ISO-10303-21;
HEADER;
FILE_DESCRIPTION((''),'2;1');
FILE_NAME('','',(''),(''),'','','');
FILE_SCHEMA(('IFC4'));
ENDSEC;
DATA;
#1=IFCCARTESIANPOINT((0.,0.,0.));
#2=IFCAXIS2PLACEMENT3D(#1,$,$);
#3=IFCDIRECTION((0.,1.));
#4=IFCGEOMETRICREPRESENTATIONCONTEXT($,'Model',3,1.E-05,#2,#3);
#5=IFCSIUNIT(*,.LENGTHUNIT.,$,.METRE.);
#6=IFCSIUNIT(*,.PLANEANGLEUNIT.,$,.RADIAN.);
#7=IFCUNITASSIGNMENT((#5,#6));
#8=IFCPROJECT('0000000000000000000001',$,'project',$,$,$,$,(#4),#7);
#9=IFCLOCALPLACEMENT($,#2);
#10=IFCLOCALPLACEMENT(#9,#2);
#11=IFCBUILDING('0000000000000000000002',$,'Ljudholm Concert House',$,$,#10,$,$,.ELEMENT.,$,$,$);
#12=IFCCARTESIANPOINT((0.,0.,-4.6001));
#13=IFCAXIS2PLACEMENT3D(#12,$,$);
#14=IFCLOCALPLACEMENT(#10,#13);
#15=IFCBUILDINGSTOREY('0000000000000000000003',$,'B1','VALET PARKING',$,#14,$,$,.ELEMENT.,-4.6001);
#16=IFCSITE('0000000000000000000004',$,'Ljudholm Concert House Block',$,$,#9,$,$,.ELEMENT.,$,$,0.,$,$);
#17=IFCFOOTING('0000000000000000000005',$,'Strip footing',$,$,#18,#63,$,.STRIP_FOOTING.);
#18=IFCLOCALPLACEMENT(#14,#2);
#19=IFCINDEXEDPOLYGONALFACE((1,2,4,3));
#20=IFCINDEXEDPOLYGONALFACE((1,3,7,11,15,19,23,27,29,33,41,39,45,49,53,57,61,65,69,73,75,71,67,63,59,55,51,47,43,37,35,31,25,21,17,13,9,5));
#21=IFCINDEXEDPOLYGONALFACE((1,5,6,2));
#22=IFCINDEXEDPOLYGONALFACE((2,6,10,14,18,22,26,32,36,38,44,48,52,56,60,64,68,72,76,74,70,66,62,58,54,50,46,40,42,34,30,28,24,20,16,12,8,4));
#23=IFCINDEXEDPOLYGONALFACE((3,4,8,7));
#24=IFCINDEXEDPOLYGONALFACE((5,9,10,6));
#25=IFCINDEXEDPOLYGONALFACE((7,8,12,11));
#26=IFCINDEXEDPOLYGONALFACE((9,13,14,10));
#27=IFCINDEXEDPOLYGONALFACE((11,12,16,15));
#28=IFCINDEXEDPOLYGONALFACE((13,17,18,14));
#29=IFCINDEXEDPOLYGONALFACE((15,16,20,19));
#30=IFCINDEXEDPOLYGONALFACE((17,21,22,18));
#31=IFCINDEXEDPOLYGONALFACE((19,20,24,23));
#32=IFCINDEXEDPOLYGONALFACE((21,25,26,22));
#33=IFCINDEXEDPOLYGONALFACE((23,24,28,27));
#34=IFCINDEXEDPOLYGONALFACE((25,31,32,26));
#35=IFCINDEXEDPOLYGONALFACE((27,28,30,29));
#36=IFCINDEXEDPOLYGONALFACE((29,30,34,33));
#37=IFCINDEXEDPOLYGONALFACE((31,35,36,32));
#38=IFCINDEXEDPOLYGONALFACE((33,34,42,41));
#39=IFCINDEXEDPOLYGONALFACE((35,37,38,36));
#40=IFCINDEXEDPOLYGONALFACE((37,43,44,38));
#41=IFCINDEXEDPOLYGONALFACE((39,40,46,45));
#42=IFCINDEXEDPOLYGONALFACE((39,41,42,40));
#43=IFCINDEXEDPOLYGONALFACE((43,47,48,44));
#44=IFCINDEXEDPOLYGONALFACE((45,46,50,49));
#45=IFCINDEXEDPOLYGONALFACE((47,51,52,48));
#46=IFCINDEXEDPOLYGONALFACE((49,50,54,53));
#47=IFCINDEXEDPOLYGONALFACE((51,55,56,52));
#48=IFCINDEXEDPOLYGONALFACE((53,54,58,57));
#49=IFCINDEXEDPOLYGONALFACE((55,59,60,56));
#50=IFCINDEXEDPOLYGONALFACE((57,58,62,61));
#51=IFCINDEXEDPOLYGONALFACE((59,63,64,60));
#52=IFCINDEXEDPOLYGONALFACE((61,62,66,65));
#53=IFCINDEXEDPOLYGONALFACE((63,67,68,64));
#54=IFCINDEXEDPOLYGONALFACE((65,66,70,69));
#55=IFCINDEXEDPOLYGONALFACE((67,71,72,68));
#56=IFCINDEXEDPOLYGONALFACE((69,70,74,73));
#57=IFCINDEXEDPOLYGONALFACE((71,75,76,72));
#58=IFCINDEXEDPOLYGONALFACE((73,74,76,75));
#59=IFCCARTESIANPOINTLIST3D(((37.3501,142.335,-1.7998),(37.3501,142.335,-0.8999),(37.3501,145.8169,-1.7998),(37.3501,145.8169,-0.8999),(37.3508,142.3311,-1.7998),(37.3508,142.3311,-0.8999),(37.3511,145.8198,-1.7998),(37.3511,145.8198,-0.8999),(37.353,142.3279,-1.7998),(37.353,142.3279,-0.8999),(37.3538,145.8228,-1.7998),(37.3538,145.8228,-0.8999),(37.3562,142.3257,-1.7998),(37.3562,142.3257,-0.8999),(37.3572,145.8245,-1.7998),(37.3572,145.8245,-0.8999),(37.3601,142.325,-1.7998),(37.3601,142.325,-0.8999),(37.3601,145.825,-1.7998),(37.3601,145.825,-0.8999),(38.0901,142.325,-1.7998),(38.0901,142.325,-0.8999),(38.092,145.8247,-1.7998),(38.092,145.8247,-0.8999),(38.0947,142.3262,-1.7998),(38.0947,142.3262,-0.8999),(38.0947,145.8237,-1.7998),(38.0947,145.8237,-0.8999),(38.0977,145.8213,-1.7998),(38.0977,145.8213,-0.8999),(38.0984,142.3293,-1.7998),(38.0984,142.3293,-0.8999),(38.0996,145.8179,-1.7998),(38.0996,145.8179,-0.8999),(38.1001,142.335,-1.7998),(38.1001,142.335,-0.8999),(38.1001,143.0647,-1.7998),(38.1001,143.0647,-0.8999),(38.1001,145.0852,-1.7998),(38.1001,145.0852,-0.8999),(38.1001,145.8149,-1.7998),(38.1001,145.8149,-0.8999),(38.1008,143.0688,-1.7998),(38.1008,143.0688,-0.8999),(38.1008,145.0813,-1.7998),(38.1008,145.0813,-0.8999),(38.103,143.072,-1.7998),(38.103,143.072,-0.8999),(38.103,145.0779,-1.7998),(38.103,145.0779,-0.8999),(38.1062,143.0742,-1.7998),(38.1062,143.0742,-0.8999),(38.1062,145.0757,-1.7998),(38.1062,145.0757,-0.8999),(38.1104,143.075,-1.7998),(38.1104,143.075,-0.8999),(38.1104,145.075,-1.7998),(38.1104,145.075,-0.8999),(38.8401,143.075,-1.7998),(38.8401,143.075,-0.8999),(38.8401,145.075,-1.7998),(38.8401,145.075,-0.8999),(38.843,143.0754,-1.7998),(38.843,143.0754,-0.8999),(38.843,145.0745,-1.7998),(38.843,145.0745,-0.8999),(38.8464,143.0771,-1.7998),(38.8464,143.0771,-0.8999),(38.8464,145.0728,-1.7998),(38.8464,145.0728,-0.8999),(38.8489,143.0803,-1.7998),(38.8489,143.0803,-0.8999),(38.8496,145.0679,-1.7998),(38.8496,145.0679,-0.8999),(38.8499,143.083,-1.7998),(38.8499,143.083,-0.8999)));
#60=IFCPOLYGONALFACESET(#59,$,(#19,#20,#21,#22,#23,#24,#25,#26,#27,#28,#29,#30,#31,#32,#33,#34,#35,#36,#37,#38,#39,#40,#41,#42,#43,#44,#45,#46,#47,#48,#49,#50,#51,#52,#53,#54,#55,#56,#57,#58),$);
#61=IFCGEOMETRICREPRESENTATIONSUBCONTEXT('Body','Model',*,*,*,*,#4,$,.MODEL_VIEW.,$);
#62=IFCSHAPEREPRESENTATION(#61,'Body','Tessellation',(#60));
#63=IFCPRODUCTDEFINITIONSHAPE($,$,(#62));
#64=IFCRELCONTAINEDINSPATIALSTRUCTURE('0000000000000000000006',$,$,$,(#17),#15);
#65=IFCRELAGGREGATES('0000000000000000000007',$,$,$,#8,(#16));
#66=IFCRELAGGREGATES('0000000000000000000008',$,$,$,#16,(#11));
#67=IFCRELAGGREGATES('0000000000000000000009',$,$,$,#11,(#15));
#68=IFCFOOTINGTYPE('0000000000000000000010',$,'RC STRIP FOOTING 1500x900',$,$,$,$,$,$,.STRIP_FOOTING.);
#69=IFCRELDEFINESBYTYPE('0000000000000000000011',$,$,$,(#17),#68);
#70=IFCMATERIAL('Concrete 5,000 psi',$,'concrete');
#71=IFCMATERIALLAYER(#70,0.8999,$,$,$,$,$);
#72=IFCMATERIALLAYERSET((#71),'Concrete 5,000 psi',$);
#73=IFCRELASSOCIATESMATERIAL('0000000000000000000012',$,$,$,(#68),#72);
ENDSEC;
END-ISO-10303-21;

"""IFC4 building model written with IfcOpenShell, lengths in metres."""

from ifc_helpers import new_model, si_unit, direction, frame, origin, place, context, subcontext, project, spatial, polyline, outline, extrude, material, layer, layer_set, type_object, element, save


model = new_model("IFC4")

# Units and contexts
model_context = context("Model", 3, precision=1e-05, world=origin(), true_north=direction((0.0, 1.0)))
body_context = subcontext(model_context, "Body", "Model", "MODEL_VIEW")
ifc_project = project(units=[si_unit("LENGTHUNIT", "METRE"), si_unit("PLANEANGLEUNIT", "RADIAN")], contexts=[model_context])

# Site, building, storey
site_placement = place(None, origin())
site = spatial("IfcSite", under=ifc_project, at=site_placement, Name="Ljudholm Concert House Block", CompositionType="ELEMENT", RefElevation=0.0)
building_placement = place(site_placement, origin())
building = spatial("IfcBuilding", under=site, at=building_placement, Name="Ljudholm Concert House", CompositionType="ELEMENT")
storey_placement = place(building_placement, frame((0.0, 0.0, -4.6001)))
storey = spatial("IfcBuildingStorey", under=building, at=storey_placement, Name="B1", Description="VALET PARKING", CompositionType="ELEMENT", Elevation=-4.6001)

# Footing
ifc_material_1 = material(Name="Concrete 5,000 psi", Category="concrete")
ifc_layer_1 = layer(ifc_material_1, 0.8999)
ifc_layer_set_1 = layer_set([ifc_layer_1], Name="Concrete 5,000 psi")
footing_type_1 = type_object("IfcFootingType", Name="RC STRIP FOOTING 1500x900", PredefinedType="STRIP_FOOTING", material=ifc_layer_set_1)
footing_1_placement = place(storey_placement, frame((0.0, 0.0, -1.7998)))
element("IfcFooting", 1, at=footing_1_placement, inside=storey, type_object=footing_type_1, Name="Strip footing", PredefinedType="STRIP_FOOTING", context=body_context, shape_type="SweptSolid", body=[
    extrude(outline(polyline([(37.3601, 142.325), (38.0901, 142.325), (38.0947, 142.3262), (38.0984, 142.3293), (38.1001, 142.335), (38.1001, 143.0647), (38.1008, 143.0688), (38.103, 143.072), (38.1062, 143.0742), (38.1104, 143.075), (38.8401, 143.075), (38.843, 143.0754), (38.8464, 143.0771), (38.8489, 143.0803), (38.8499, 143.083), (38.8496, 145.0679), (38.8464, 145.0728), (38.843, 145.0745), (38.8401, 145.075), (38.1104, 145.075), (38.1062, 145.0757), (38.103, 145.0779), (38.1008, 145.0813), (38.1001, 145.0852), (38.1001, 145.8149), (38.0996, 145.8179), (38.0977, 145.8213), (38.0947, 145.8237), (38.092, 145.8247), (37.3601, 145.825), (37.3572, 145.8245), (37.3538, 145.8228), (37.3511, 145.8198), (37.3501, 145.8169), (37.3501, 142.335), (37.3508, 142.3311), (37.353, 142.3279), (37.3562, 142.3257), (37.3601, 142.325)])), origin(), (0.0, 0.0, 1.0), 0.8999),
])

save(model, "model.ifc")
